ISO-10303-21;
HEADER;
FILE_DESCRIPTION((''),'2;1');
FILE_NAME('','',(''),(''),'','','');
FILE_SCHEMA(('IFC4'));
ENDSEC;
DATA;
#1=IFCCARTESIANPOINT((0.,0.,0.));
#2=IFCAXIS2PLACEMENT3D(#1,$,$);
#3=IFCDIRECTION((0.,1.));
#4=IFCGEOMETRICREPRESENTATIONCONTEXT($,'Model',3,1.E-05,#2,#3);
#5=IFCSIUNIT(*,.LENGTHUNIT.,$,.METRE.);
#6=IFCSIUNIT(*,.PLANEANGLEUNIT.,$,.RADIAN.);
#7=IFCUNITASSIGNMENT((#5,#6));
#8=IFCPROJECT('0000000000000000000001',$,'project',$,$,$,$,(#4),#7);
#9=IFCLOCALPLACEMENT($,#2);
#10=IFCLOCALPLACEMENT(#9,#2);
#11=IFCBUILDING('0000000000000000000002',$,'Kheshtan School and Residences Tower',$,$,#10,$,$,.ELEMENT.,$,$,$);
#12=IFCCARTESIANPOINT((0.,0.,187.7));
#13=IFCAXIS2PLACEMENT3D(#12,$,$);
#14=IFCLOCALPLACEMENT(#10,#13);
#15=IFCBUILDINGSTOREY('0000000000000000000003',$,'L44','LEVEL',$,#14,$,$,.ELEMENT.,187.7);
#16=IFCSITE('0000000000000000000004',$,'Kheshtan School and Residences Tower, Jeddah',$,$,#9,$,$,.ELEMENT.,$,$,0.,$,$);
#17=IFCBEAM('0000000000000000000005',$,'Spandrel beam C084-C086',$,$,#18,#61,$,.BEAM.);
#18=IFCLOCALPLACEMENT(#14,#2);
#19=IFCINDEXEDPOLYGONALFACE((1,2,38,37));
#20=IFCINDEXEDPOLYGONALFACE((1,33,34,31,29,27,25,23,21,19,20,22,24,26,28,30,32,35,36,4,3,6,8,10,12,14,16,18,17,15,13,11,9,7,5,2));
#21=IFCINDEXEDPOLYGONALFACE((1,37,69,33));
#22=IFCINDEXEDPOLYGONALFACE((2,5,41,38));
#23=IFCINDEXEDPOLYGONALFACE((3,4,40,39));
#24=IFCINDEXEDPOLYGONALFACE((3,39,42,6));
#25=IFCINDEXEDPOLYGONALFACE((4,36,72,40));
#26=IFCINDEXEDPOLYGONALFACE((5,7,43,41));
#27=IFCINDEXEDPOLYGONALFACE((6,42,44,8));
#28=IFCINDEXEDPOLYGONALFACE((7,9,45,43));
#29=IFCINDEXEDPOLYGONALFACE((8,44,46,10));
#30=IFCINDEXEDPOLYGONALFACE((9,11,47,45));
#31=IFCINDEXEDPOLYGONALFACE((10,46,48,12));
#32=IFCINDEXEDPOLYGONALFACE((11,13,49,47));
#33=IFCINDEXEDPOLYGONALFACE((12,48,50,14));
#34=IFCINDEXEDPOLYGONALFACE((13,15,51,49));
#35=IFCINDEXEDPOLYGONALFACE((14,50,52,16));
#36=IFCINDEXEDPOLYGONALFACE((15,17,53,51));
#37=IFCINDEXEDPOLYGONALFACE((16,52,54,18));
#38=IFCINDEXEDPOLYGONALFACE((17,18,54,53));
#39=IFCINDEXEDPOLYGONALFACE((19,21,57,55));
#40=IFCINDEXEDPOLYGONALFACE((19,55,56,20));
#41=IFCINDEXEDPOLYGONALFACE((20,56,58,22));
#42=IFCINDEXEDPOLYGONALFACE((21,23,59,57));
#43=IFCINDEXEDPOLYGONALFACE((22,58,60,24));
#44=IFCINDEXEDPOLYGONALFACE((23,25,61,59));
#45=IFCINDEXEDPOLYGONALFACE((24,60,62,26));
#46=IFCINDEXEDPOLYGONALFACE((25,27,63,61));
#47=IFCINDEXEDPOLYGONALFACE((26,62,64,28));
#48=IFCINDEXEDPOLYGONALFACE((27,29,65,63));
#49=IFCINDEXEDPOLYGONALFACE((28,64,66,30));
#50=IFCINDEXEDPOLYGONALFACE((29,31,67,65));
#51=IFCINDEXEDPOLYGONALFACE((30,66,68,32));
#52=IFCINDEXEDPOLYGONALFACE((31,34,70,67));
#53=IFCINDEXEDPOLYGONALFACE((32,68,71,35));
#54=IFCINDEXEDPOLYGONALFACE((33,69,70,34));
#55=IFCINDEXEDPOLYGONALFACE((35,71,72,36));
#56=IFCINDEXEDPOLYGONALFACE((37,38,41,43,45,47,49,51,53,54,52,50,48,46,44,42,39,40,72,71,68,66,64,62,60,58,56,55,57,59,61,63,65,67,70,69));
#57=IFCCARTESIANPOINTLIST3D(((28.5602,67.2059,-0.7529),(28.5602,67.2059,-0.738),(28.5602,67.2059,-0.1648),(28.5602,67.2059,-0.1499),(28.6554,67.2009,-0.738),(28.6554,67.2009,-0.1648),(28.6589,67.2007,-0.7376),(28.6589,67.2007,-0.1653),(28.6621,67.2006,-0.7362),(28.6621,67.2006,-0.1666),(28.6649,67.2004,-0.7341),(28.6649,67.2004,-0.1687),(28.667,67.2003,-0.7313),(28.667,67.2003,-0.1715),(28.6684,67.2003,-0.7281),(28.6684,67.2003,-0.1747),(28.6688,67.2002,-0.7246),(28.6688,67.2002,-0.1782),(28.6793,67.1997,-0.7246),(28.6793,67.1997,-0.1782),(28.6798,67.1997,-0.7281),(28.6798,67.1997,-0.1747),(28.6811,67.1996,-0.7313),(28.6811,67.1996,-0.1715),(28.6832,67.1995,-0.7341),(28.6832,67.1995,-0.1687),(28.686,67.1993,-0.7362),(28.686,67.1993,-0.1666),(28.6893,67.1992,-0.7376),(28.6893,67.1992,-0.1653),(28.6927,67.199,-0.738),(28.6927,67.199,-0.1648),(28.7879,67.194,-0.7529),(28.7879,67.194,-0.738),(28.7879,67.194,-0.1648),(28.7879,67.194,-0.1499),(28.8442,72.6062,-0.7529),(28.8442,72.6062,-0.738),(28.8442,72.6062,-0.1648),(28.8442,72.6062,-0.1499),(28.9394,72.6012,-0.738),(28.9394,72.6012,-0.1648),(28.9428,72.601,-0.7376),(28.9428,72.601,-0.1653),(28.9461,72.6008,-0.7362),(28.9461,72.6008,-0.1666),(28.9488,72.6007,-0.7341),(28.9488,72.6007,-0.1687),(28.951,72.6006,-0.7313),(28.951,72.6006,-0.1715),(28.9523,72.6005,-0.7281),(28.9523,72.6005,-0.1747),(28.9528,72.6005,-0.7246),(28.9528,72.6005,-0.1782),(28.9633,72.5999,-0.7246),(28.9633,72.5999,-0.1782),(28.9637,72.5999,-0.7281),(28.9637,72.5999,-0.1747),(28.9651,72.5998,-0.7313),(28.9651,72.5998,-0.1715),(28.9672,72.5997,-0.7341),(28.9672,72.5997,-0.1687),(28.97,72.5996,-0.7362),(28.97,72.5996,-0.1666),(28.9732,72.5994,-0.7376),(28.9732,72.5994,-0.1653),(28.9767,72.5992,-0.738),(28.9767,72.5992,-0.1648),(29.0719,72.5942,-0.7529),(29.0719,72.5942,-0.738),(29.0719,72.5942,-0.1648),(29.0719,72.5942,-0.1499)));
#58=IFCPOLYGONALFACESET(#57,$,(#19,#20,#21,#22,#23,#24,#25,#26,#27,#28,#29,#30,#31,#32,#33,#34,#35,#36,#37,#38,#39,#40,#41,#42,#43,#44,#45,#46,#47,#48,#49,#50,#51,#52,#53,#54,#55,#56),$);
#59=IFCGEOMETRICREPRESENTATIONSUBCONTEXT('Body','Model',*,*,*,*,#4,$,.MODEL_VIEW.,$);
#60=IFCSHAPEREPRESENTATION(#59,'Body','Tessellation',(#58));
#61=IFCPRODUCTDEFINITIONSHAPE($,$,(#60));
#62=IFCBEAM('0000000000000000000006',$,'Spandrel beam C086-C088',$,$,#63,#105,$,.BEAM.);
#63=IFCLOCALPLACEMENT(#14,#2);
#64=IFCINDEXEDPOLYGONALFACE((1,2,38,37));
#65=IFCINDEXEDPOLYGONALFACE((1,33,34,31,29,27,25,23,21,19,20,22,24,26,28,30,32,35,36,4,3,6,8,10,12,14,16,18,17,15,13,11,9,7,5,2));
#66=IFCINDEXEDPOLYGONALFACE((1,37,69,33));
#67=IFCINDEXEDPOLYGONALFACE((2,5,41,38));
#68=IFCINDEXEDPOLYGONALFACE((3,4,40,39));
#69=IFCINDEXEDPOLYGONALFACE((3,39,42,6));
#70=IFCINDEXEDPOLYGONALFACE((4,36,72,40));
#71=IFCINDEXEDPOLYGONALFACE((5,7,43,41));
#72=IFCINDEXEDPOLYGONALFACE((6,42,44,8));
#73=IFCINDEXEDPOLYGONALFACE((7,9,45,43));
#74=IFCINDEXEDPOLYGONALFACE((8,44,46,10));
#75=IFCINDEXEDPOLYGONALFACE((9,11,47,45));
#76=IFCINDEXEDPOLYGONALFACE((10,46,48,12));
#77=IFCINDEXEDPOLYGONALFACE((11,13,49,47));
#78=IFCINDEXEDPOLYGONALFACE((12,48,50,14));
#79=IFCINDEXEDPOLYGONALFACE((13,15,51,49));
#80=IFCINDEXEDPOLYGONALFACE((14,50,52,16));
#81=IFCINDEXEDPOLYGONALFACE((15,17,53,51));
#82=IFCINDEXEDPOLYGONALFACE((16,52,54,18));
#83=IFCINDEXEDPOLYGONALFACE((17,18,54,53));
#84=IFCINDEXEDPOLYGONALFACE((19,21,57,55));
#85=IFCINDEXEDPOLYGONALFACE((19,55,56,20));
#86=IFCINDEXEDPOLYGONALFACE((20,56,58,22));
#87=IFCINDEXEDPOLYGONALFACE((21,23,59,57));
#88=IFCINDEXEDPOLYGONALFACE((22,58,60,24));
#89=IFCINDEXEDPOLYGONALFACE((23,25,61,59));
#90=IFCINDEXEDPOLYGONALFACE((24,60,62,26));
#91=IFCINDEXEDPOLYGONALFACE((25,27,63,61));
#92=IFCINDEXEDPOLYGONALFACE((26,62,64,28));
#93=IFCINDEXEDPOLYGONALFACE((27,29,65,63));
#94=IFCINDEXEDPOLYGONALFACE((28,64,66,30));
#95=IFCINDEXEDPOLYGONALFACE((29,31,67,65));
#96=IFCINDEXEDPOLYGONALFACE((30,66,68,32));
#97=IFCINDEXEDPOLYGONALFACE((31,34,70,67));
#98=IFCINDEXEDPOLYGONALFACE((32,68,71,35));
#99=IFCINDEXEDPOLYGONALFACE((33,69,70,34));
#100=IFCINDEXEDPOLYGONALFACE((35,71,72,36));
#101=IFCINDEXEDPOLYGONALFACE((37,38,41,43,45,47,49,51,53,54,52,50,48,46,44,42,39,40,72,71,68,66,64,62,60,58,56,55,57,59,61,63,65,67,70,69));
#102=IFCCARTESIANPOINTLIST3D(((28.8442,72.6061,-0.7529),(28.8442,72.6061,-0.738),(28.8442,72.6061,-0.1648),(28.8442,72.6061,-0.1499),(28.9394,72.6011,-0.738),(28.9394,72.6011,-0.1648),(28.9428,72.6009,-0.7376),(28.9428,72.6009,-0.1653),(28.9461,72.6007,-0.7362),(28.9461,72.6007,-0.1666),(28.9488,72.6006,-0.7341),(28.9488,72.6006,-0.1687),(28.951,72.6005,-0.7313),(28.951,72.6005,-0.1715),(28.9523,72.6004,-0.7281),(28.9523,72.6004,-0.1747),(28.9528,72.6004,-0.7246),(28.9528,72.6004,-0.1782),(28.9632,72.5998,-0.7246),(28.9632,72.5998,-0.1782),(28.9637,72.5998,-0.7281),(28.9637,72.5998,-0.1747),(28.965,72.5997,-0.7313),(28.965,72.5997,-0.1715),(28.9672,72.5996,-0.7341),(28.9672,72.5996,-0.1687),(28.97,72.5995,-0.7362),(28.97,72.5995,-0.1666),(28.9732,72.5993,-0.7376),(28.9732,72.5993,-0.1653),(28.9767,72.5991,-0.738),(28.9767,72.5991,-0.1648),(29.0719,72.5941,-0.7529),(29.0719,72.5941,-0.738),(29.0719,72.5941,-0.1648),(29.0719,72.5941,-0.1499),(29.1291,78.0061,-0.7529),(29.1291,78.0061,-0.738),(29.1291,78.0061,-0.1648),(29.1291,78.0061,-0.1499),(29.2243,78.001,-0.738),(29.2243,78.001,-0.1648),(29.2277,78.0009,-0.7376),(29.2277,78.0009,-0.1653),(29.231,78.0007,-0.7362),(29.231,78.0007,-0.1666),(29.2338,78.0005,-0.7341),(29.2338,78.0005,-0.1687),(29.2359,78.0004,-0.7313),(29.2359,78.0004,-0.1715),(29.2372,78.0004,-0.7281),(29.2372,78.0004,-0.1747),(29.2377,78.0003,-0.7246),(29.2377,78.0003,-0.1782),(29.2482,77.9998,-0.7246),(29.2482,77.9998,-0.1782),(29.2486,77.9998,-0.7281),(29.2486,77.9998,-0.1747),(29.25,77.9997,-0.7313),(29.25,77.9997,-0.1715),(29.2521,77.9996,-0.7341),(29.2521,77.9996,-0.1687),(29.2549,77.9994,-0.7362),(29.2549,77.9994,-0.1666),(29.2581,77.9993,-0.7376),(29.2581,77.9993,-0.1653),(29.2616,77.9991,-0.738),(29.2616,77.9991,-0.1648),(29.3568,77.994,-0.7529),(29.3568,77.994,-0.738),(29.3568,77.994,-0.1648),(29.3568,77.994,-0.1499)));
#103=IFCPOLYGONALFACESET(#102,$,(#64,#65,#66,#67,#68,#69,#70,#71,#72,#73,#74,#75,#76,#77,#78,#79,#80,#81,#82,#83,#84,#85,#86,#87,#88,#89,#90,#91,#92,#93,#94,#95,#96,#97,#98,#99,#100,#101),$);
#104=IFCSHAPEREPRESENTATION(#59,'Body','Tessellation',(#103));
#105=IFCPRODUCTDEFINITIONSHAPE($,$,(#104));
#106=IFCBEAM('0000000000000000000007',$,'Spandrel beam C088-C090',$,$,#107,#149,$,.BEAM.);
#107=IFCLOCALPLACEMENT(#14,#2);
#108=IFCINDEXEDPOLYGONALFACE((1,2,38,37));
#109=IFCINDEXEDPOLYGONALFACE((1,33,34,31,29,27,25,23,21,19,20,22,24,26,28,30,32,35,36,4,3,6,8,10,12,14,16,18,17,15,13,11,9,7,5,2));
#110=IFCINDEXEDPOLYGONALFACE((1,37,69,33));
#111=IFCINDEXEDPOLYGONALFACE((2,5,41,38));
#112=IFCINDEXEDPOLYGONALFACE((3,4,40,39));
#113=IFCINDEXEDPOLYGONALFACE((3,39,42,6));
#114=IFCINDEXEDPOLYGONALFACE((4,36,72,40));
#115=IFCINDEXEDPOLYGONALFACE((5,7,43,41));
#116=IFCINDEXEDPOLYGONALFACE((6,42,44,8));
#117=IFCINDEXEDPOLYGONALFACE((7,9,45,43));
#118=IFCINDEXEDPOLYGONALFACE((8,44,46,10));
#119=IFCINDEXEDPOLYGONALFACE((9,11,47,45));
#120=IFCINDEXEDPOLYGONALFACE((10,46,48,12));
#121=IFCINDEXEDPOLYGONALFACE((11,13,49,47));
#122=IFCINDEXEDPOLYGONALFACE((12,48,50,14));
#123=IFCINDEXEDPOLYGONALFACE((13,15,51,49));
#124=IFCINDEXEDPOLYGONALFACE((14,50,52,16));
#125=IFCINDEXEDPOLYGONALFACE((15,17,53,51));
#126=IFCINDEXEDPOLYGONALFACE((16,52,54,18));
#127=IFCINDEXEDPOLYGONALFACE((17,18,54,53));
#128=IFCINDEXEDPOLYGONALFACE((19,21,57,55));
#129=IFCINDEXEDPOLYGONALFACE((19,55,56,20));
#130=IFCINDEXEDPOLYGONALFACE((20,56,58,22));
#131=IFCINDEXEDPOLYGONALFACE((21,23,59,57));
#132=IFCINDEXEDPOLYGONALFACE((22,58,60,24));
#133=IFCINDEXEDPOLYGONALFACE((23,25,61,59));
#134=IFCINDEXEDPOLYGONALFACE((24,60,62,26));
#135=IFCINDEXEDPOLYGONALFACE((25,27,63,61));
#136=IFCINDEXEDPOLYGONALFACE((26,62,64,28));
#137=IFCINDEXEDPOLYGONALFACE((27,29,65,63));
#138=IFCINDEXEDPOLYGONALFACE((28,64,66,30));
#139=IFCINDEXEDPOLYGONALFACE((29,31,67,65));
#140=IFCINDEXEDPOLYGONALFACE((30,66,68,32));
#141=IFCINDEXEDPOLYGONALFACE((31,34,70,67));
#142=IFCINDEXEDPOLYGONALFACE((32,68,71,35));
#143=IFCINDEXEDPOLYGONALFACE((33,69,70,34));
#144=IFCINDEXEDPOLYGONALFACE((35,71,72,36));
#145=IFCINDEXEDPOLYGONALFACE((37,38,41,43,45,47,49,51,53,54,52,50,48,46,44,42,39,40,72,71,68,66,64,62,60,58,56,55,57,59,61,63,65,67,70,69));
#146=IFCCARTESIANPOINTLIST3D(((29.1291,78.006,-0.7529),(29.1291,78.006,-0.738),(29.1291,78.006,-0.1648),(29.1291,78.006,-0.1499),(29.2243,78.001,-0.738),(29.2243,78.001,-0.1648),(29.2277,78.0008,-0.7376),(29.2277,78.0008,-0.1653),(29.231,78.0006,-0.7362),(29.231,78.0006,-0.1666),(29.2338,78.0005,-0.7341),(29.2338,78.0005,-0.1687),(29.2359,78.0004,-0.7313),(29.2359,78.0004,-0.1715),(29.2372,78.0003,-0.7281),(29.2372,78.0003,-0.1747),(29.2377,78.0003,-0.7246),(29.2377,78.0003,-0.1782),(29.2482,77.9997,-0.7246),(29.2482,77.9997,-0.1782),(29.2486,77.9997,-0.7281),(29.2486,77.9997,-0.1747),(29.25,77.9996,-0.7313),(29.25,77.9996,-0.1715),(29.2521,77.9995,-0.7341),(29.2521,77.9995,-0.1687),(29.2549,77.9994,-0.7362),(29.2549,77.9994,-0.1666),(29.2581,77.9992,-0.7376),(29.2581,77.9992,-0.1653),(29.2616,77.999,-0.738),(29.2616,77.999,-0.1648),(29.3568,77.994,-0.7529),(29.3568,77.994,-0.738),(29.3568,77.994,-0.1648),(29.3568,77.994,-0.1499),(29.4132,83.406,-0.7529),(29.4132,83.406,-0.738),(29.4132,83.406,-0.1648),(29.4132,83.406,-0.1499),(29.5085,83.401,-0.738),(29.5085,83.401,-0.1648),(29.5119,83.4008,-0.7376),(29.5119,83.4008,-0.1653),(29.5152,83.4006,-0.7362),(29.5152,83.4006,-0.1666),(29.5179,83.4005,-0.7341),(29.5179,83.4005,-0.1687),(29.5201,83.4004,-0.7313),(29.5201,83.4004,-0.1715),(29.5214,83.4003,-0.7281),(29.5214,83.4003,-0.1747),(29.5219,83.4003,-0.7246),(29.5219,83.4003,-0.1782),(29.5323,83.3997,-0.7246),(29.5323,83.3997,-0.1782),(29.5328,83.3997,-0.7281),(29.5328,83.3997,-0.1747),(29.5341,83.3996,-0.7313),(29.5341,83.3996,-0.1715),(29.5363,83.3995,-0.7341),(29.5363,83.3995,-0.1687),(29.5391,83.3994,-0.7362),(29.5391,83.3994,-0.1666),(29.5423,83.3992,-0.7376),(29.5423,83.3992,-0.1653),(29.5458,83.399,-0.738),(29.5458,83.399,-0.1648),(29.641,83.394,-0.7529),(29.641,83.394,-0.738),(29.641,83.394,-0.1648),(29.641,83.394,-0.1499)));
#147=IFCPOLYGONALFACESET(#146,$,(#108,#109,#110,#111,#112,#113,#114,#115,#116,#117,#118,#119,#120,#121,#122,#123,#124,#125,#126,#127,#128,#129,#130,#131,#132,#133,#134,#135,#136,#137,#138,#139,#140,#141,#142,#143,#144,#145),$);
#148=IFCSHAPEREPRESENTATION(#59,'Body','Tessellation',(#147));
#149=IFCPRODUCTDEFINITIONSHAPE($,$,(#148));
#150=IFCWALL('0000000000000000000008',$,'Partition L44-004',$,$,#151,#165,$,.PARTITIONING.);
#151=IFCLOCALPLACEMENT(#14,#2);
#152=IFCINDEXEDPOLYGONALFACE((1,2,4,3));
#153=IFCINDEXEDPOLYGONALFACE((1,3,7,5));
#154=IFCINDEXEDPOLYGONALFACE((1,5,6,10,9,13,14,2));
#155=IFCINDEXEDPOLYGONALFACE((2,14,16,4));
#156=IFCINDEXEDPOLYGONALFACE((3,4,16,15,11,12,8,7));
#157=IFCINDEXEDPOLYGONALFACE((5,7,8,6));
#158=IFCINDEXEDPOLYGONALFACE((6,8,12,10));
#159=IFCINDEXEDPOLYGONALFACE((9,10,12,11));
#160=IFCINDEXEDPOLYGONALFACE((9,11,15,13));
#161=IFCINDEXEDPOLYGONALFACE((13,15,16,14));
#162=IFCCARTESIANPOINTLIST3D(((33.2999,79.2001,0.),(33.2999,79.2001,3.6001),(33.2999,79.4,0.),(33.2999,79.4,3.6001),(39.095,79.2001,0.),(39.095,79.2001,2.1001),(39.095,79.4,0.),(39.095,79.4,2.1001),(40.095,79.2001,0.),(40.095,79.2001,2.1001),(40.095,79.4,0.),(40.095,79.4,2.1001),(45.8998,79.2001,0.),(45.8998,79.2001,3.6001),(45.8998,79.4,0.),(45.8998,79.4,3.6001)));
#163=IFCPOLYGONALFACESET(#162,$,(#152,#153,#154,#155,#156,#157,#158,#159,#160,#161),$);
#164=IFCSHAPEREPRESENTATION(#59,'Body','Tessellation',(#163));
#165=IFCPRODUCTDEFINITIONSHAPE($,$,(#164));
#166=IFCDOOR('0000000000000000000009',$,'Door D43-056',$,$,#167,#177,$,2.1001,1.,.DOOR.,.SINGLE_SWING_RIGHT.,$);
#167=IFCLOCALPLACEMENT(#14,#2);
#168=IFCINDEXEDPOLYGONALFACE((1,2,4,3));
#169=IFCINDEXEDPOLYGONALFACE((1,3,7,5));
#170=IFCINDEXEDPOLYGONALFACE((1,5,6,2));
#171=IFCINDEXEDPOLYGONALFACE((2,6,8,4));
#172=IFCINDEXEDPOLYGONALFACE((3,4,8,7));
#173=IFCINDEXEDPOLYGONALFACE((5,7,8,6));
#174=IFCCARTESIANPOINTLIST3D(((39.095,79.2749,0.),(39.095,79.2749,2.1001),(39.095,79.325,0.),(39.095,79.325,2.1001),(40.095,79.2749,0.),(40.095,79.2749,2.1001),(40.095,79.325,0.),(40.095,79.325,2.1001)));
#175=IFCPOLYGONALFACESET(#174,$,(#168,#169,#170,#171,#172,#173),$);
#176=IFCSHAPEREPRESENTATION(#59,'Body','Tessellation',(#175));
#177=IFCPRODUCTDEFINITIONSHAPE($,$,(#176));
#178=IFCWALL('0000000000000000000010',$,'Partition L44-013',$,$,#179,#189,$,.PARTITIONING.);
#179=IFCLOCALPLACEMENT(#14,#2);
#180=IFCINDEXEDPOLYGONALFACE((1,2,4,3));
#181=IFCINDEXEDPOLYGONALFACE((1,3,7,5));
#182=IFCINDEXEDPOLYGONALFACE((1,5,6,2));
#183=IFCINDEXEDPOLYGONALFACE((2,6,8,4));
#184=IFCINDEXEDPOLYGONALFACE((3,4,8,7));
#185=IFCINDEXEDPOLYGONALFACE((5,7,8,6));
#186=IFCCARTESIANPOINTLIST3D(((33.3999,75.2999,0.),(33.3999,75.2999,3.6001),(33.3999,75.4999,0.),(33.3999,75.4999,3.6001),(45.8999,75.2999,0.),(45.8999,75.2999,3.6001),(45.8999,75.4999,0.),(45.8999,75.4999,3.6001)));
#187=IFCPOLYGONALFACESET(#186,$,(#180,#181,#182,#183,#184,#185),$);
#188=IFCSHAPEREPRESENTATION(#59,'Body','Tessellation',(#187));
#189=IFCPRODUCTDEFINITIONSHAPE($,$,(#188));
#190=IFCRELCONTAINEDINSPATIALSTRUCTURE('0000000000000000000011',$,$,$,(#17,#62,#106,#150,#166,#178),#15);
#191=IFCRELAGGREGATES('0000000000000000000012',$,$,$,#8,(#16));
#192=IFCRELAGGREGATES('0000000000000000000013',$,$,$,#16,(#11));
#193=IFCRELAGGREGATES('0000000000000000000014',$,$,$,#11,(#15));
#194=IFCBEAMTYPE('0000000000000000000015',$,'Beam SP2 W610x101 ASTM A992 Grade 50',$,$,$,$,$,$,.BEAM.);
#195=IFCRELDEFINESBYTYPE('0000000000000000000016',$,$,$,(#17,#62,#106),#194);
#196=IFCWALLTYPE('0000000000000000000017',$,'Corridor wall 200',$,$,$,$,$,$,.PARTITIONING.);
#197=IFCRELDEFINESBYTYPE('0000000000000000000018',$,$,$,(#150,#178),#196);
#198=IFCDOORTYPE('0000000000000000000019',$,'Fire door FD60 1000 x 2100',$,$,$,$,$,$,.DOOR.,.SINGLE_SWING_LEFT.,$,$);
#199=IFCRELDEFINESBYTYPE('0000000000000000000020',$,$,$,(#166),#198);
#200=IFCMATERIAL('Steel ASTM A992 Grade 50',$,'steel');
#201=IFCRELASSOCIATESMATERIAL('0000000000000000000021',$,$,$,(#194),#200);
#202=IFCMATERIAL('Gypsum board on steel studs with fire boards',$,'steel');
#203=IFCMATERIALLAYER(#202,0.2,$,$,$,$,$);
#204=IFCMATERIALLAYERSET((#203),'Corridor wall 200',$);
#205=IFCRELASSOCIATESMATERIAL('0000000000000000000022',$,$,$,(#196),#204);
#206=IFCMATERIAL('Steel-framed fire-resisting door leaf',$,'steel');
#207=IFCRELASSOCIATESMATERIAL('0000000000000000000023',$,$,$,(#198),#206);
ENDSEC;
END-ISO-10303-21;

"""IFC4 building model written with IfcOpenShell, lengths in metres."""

from ifc_helpers import new_model, si_unit, direction, frame, frame_2d, origin, origin_2d, place, context, subcontext, project, spatial, rectangle, i_section, extrude, source, transform, mapped, material, layer, layer_set, material_profile, profile_set, type_object, element, fill, save


model = new_model("IFC4")

# Units and contexts
model_context = context("Model", 3, precision=1e-05, world=origin(), true_north=direction((0.0, 1.0)))
body_context = subcontext(model_context, "Body", "Model", "MODEL_VIEW")
ifc_project = project(units=[si_unit("LENGTHUNIT", "METRE"), si_unit("PLANEANGLEUNIT", "RADIAN")], contexts=[model_context])

# Site, building, storey
site_placement = place(None, origin())
site = spatial("IfcSite", under=ifc_project, at=site_placement, Name="Kheshtan School and Residences Tower, Jeddah", CompositionType="ELEMENT", RefElevation=0.0)
building_placement = place(site_placement, origin())
building = spatial("IfcBuilding", under=site, at=building_placement, Name="Kheshtan School and Residences Tower", CompositionType="ELEMENT")
storey_placement = place(building_placement, frame((0.0, 0.0, 187.7)))
storey = spatial("IfcBuildingStorey", under=building, at=storey_placement, Name="L44", Description="LEVEL", CompositionType="ELEMENT", Elevation=187.7)

# Shared definitions
ifc_material_1 = material(Name="Steel ASTM A992 Grade 50", Category="steel")

# Beams
ifc_material_profile_1 = material_profile(ifc_material_1, i_section(OverallWidth=0.228, OverallDepth=0.603, WebThickness=0.0105, FlangeThickness=0.0149, FilletRadius=0.0134, at=origin_2d()), Name="W610x101")
ifc_profile_set_1 = profile_set([ifc_material_profile_1], Name="Steel ASTM A992 Grade 50")
beam_type_1 = type_object("IfcBeamType", Name="Beam SP2 W610x101 ASTM A992 Grade 50", PredefinedType="BEAM", material=ifc_profile_set_1)
beam_1_placement = place(storey_placement, frame((28.6741, 67.2, -0.4514), z_axis=(0.052507, 0.998621, 0.0), x_axis=(-0.998621, 0.052507, 0.0)))
element("IfcBeam", 1, at=beam_1_placement, inside=storey, type_object=beam_type_1, Name="Spandrel beam C084-C086", PredefinedType="BEAM", context=body_context, shape_type="SweptSolid", body=[
    extrude(i_section(OverallWidth=0.228, OverallDepth=0.603, WebThickness=0.0105, FlangeThickness=0.0149, FilletRadius=0.0134, at=origin_2d()), origin(), (0.0, 0.0, 1.0), 5.4077),
])
for number, where, z_axis, x_axis, name in (
    (2, (28.958, 72.6001, -0.4514), (0.052689, 0.998611, 0.0), (-0.998611, 0.052689, 0.0), "Spandrel beam C086-C088"),
    (3, (29.2429, 78.0, -0.4514), (0.052554, 0.998618, 0.0), (-0.998618, 0.052554, 0.0), "Spandrel beam C088-C090"),
):
    element("IfcBeam", number, at=place(storey_placement, frame(where, z_axis=z_axis, x_axis=x_axis)), inside=storey, type_object=beam_type_1, Name=name, PredefinedType="BEAM", context=body_context, shape_type="SweptSolid", body=[
        extrude(i_section(OverallWidth=0.228, OverallDepth=0.603, WebThickness=0.0105, FlangeThickness=0.0149, FilletRadius=0.0134, at=origin_2d()), origin(), (0.0, 0.0, 1.0), 5.4075),
    ])

# Wall, opening, door
ifc_material_2 = material(Name="Gypsum board on steel studs with fire boards", Category="steel")
ifc_layer_1 = layer(ifc_material_2, 0.2)
ifc_layer_set_1 = layer_set([ifc_layer_1], Name="Corridor wall 200")
wall_type_1 = type_object("IfcWallType", Name="Corridor wall 200", PredefinedType="PARTITIONING", material=ifc_layer_set_1)
wall_1_placement = place(storey_placement, frame((33.3, 79.3, 0.0), z_axis=(0.0, 0.0, 1.0), x_axis=(1.0, 0.0, 0.0)))
wall_1 = element("IfcWall", 4, at=wall_1_placement, inside=storey, type_object=wall_type_1, Name="Partition L44-004", PredefinedType="PARTITIONING", context=body_context, shape_type="SweptSolid", body=[
    extrude(rectangle(XDim=12.5999, YDim=0.2, at=frame_2d((6.2998, 0.0))), origin(), (0.0, 0.0, 1.0), 3.6001),
])
opening_1_placement = place(wall_1_placement, frame((5.7949, 0.0, 0.0)))
opening_1 = element("IfcOpeningElement", 5, at=opening_1_placement, cuts=wall_1, PredefinedType="OPENING", context=body_context, shape_type="SweptSolid", body=[
    extrude(rectangle(XDim=1.0, YDim=2.1001, at=frame_2d((0.5, 1.05))), frame((0.0, 0.1099, 0.0), z_axis=(0.0, -1.0, 0.0), x_axis=(1.0, 0.0, 0.0)), (0.0, 0.0, 1.0), 0.22),
])
ifc_material_3 = material(Name="Steel-framed fire-resisting door leaf", Category="steel")
door_type_1 = type_object("IfcDoorType", Name="Fire door FD60 1000 x 2100", OperationType="SINGLE_SWING_LEFT", PredefinedType="DOOR", material=ifc_material_3)
shared_shape_1 = source(origin(), body_context, "Body", "SweptSolid", [
    extrude(rectangle(XDim=1.0, YDim=2.1001, at=frame_2d((0.5, 1.05))), frame((0.0, 0.0249, 0.0), z_axis=(0.0, -1.0, 0.0), x_axis=(1.0, 0.0, 0.0)), (0.0, 0.0, 1.0), 0.05),
])
door_1_placement = place(opening_1_placement, origin())
door_1 = element("IfcDoor", 6, at=door_1_placement, inside=storey, type_object=door_type_1, Name="Door D43-056", OperationType="SINGLE_SWING_RIGHT", OverallHeight=2.1001, OverallWidth=1.0, PredefinedType="DOOR", context=body_context, shape_type="MappedRepresentation", body=[
    mapped(shared_shape_1, transform((0.0, 0.0, 0.0), x_axis=(1.0, 0.0, 0.0), y_axis=(0.0, 1.0, 0.0), z_axis=(0.0, 0.0, 1.0), scale=1.0)),
])
fill(opening_1, door_1)

# Wall
wall_2_placement = place(storey_placement, frame((33.3999, 75.3999, 0.0), z_axis=(0.0, 0.0, 1.0), x_axis=(1.0, 0.0, 0.0)))
element("IfcWall", 7, at=wall_2_placement, inside=storey, type_object=wall_type_1, Name="Partition L44-013", PredefinedType="PARTITIONING", context=body_context, shape_type="SweptSolid", body=[
    extrude(rectangle(XDim=12.5, YDim=0.2, at=frame_2d((6.25, 0.0))), origin(), (0.0, 0.0, 1.0), 3.6001),
])

save(model, "model.ifc")
